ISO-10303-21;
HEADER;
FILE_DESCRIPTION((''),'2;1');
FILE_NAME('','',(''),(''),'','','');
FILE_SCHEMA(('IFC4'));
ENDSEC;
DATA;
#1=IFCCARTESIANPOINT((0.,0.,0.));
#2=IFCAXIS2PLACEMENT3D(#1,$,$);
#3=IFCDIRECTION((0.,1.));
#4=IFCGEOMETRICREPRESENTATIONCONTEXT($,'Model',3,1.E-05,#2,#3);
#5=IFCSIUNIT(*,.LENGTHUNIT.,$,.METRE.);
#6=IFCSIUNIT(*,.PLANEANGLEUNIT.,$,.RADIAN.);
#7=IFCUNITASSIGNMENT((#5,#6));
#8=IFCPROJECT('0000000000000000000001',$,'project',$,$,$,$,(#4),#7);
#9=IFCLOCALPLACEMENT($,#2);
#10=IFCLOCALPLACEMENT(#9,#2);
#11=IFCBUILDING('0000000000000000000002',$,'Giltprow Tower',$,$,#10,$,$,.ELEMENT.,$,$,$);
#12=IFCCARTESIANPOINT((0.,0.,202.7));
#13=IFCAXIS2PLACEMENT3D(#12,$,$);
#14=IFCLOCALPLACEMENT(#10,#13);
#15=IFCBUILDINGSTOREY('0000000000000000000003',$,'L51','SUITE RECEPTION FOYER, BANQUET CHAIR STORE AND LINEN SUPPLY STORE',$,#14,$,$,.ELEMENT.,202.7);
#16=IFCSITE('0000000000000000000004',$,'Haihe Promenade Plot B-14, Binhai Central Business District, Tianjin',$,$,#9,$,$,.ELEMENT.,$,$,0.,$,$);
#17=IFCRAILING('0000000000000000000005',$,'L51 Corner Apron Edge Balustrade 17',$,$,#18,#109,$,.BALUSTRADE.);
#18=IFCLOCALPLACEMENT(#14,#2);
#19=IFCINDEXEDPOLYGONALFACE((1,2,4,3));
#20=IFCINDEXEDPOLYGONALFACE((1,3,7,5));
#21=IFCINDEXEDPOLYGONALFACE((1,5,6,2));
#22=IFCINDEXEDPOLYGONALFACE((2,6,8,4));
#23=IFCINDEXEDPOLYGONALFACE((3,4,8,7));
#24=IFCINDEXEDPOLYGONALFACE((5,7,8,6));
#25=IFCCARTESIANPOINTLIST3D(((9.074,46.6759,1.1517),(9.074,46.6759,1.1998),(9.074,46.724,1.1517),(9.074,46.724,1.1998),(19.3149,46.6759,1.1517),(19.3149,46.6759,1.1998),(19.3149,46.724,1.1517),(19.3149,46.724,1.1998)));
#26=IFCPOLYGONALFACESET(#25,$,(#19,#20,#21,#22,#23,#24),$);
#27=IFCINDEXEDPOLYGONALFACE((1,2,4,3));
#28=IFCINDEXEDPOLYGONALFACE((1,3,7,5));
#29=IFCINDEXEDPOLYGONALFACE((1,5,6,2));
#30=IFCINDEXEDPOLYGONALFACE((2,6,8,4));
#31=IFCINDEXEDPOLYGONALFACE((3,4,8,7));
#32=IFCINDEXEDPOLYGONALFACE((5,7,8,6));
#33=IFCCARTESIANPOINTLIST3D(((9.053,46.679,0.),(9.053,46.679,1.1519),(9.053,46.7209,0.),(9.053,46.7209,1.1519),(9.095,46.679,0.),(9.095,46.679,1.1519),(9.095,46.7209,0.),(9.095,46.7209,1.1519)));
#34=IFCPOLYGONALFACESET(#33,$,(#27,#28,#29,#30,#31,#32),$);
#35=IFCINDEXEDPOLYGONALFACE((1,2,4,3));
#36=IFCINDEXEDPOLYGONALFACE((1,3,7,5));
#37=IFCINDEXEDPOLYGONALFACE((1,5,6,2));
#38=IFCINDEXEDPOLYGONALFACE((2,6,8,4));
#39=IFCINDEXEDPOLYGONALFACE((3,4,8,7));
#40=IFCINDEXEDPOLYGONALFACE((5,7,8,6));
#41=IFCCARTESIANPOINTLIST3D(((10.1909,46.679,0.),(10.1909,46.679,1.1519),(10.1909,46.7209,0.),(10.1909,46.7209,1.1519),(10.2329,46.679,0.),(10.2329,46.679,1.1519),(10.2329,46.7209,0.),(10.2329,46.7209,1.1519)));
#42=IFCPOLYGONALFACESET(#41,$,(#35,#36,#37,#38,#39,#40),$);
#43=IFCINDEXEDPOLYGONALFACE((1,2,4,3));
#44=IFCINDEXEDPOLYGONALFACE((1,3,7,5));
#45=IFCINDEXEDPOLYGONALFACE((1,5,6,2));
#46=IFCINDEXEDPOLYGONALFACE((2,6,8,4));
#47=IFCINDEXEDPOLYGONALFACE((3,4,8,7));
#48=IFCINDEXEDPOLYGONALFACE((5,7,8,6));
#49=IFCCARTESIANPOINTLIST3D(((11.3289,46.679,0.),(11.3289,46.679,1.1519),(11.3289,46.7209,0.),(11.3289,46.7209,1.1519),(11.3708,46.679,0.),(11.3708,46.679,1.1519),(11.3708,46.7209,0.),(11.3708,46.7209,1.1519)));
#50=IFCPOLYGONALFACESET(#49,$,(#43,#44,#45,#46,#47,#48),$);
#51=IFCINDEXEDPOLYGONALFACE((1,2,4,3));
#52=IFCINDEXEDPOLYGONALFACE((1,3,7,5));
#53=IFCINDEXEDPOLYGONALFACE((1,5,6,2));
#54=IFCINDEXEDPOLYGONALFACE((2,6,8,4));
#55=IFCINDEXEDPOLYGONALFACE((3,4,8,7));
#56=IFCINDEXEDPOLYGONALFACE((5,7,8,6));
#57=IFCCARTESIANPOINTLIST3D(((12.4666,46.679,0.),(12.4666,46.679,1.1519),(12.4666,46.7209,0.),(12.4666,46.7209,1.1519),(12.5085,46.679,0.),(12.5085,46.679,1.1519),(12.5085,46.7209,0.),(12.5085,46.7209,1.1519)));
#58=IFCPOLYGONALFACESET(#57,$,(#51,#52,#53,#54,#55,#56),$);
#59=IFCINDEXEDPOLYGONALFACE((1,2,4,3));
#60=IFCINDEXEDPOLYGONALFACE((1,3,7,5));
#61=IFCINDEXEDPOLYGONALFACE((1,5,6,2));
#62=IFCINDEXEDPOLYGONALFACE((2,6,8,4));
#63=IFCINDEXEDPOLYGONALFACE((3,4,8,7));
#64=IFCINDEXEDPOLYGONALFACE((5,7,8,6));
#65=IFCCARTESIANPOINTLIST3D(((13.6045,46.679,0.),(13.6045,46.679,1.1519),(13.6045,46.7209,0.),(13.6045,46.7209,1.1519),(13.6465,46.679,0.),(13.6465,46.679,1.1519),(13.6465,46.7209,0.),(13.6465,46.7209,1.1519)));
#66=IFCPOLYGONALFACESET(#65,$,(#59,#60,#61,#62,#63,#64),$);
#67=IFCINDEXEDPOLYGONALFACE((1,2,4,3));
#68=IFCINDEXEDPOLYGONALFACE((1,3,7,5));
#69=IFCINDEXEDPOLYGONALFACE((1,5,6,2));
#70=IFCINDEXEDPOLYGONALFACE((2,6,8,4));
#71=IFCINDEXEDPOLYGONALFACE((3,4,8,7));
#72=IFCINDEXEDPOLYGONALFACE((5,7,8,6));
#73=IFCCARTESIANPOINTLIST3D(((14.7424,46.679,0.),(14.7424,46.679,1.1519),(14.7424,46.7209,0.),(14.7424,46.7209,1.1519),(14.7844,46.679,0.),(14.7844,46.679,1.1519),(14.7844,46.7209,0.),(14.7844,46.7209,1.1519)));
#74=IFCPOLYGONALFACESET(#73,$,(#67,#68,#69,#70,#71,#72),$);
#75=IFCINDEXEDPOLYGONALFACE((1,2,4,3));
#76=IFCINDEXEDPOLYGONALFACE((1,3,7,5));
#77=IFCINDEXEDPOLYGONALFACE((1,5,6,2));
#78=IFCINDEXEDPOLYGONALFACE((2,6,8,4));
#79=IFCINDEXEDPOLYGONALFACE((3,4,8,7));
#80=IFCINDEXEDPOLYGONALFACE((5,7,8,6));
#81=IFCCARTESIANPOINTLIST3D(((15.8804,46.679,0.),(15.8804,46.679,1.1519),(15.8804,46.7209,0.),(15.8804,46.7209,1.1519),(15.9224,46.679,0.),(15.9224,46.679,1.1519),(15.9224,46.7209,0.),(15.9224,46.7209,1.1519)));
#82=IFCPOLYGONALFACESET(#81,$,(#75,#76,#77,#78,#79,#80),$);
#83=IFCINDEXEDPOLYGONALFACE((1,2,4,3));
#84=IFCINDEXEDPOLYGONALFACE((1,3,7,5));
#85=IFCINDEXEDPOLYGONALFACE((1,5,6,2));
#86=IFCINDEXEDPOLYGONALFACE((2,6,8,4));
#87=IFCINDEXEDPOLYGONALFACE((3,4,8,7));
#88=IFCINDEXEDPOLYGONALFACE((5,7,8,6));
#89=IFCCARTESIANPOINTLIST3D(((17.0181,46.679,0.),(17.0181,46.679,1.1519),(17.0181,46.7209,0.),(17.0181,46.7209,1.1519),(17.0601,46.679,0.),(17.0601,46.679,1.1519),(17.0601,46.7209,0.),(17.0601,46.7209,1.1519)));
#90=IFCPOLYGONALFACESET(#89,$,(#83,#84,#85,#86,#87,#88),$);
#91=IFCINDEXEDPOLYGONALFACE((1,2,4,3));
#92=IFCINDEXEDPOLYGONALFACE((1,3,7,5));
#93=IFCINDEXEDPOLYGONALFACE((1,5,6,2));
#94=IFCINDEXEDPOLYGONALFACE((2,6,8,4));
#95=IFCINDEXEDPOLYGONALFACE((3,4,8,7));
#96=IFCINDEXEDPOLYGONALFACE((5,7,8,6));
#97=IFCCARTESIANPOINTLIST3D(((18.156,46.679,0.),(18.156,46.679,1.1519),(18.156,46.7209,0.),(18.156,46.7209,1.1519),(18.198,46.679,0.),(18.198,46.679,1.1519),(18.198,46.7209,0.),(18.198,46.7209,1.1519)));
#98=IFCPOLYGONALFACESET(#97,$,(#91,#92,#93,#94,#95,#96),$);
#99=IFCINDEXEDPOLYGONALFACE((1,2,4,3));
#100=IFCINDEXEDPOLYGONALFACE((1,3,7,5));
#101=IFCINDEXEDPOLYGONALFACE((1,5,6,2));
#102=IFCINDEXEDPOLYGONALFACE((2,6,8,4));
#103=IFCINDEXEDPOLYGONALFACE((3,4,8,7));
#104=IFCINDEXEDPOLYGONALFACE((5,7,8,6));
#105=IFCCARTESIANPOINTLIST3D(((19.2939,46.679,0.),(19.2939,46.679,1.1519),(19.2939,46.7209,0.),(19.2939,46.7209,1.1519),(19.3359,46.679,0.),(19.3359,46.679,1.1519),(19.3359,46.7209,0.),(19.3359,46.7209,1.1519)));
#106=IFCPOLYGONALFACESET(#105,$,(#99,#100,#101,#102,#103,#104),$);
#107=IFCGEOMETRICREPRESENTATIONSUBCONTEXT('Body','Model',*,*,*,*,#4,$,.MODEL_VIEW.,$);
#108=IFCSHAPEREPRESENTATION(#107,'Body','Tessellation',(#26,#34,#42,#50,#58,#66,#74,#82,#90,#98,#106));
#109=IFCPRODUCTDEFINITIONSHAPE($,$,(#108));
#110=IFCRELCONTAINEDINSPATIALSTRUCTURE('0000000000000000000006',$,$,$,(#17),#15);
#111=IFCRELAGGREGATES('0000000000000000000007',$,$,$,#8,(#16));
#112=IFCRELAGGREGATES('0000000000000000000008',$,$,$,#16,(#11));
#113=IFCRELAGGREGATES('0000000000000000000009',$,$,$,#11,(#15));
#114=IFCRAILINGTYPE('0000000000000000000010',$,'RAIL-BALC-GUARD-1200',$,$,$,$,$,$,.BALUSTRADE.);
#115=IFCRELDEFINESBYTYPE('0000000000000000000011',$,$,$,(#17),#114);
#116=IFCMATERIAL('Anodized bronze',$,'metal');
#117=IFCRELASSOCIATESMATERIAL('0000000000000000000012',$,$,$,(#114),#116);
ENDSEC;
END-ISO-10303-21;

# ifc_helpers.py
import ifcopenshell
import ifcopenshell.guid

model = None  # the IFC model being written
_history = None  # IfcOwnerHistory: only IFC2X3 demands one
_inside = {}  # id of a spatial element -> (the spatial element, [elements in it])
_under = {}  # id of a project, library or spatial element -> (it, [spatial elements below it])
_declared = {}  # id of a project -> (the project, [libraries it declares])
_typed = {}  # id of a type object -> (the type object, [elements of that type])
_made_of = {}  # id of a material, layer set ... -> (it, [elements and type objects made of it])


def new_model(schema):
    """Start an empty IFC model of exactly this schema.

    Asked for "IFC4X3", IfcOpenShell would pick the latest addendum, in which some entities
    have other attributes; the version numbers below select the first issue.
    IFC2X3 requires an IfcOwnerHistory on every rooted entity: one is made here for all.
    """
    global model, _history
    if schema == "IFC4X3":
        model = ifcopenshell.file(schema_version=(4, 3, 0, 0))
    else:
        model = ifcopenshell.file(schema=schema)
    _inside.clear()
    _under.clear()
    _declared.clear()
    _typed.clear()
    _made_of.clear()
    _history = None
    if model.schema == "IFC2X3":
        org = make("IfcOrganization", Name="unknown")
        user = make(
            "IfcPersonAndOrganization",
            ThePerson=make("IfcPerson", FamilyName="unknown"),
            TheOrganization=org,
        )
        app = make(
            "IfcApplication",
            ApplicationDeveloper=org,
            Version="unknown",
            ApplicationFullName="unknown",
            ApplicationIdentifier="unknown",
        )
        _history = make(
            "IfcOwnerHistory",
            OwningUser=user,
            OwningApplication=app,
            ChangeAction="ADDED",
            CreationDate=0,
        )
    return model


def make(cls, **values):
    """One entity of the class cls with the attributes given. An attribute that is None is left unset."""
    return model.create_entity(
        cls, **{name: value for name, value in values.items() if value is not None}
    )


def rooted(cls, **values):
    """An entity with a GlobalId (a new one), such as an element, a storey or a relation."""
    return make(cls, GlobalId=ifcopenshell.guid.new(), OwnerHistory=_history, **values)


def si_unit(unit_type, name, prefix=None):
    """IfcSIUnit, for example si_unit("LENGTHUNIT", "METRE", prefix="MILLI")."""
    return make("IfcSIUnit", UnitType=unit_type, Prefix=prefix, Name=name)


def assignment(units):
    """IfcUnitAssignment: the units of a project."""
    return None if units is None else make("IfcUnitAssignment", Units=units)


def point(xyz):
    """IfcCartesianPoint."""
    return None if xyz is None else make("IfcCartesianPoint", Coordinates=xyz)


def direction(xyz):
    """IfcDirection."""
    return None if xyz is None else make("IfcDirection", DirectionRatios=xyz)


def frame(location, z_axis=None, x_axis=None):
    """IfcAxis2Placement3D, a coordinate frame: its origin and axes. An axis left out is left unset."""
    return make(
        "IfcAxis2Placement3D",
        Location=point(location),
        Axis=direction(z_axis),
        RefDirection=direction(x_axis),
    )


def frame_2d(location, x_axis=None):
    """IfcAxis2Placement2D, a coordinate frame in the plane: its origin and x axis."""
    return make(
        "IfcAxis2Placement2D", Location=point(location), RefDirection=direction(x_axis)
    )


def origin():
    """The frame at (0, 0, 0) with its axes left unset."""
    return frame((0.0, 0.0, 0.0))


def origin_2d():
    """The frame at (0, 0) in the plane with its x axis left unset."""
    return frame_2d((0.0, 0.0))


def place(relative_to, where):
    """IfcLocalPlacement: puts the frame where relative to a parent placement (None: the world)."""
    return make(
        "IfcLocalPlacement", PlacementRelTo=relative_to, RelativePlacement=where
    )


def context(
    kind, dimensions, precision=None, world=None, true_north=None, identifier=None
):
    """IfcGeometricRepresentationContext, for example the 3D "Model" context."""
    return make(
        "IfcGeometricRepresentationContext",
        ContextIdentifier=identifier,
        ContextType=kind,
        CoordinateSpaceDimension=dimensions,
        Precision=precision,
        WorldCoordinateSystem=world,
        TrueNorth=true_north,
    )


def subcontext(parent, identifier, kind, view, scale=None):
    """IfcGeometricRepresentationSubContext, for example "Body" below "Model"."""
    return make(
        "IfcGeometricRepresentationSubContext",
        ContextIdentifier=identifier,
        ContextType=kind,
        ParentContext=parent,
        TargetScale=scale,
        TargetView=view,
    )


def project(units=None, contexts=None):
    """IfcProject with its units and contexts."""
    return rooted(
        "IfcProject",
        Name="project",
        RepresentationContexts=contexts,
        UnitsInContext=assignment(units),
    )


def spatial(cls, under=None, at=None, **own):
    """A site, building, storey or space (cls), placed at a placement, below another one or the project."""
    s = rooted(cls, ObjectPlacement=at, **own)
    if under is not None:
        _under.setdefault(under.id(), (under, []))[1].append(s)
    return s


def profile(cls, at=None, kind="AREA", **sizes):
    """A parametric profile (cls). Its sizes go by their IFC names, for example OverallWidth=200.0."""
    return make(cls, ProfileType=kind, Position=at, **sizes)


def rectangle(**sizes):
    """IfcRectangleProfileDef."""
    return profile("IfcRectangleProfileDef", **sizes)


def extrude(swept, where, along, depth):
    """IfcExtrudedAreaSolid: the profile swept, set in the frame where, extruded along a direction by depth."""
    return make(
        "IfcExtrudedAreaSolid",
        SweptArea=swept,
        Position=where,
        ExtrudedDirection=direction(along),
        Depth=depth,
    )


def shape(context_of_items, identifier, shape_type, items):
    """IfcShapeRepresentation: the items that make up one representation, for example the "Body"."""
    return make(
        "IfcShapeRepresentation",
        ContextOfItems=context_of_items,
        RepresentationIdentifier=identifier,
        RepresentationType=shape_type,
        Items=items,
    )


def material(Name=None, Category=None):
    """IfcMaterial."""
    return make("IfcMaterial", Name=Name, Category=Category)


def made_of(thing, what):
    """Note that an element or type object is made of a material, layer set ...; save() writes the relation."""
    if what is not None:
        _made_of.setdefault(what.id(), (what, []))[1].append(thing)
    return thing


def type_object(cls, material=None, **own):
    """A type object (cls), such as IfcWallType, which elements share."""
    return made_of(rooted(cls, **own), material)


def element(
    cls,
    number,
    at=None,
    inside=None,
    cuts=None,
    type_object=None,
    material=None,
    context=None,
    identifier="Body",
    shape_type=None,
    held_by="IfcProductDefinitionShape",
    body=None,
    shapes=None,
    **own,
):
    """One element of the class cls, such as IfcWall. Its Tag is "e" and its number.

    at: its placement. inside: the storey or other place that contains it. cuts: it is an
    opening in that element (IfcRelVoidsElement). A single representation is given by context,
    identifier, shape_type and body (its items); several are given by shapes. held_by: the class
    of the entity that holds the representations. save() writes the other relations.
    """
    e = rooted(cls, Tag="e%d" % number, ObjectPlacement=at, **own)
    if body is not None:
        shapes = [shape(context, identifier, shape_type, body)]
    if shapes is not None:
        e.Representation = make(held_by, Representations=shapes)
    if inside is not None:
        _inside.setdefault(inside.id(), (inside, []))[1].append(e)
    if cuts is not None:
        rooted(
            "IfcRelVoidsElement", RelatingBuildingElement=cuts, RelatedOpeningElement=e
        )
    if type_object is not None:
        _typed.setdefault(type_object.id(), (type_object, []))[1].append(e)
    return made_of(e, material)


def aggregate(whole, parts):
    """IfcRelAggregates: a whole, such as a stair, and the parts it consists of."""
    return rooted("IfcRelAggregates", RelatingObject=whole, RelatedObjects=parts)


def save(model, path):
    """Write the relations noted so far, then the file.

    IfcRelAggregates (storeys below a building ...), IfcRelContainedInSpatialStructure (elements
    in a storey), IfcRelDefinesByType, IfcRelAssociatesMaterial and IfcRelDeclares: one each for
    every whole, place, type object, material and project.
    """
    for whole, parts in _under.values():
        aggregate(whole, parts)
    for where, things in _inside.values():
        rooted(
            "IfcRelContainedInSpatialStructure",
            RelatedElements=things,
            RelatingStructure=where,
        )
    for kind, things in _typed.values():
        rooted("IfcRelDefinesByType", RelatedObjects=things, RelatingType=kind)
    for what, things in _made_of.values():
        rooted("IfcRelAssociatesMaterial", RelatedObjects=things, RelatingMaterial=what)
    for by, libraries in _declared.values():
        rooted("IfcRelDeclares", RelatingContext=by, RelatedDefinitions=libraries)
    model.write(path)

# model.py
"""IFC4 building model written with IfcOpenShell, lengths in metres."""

from ifc_helpers import new_model, si_unit, direction, frame, origin, origin_2d, place, context, subcontext, project, spatial, rectangle, extrude, material, type_object, element, save


model = new_model("IFC4")

# Units and contexts
model_context = context("Model", 3, precision=1e-05, world=origin(), true_north=direction((0.0, 1.0)))
body_context = subcontext(model_context, "Body", "Model", "MODEL_VIEW")
ifc_project = project(units=[si_unit("LENGTHUNIT", "METRE"), si_unit("PLANEANGLEUNIT", "RADIAN")], contexts=[model_context])

# Site, building, storey
site_placement = place(None, origin())
site = spatial("IfcSite", under=ifc_project, at=site_placement, Name="Haihe Promenade Plot B-14, Binhai Central Business District, Tianjin", CompositionType="ELEMENT", RefElevation=0.0)
building_placement = place(site_placement, origin())
building = spatial("IfcBuilding", under=site, at=building_placement, Name="Giltprow Tower", CompositionType="ELEMENT")
storey_placement = place(building_placement, frame((0.0, 0.0, 202.7)))
storey = spatial("IfcBuildingStorey", under=building, at=storey_placement, Name="L51", Description="SUITE RECEPTION FOYER, BANQUET CHAIR STORE AND LINEN SUPPLY STORE", CompositionType="ELEMENT", Elevation=202.7)

# Railing
ifc_material_1 = material(Name="Anodized bronze", Category="metal")
railing_type = type_object("IfcRailingType", Name="RAIL-BALC-GUARD-1200", PredefinedType="BALUSTRADE", material=ifc_material_1)
railing_1_placement = place(storey_placement, frame((9.074, 46.7, 0.0)))
element("IfcRailing", 1, at=railing_1_placement, inside=storey, type_object=railing_type, Name="L51 Corner Apron Edge Balustrade 17", PredefinedType="BALUSTRADE", context=body_context, shape_type="SweptSolid", body=[
    extrude(rectangle(XDim=0.0481, YDim=0.0481, at=origin_2d()), frame((0.0, 0.0, 1.1758), z_axis=(1.0, 0.0, 0.0), x_axis=(0.0, 1.0, 0.0)), (0.0, 0.0, 1.0), 10.241),
    extrude(rectangle(XDim=0.042, YDim=0.042, at=origin_2d()), origin(), (0.0, 0.0, 1.0), 1.1519),
    extrude(rectangle(XDim=0.042, YDim=0.042, at=origin_2d()), frame((1.1379, 0.0, 0.0)), (0.0, 0.0, 1.0), 1.1519),
    extrude(rectangle(XDim=0.042, YDim=0.042, at=origin_2d()), frame((2.2759, 0.0, 0.0)), (0.0, 0.0, 1.0), 1.1519),
    extrude(rectangle(XDim=0.042, YDim=0.042, at=origin_2d()), frame((3.4136, 0.0, 0.0)), (0.0, 0.0, 1.0), 1.1519),
    extrude(rectangle(XDim=0.042, YDim=0.042, at=origin_2d()), frame((4.5515, 0.0, 0.0)), (0.0, 0.0, 1.0), 1.1519),
    extrude(rectangle(XDim=0.042, YDim=0.042, at=origin_2d()), frame((5.6895, 0.0, 0.0)), (0.0, 0.0, 1.0), 1.1519),
    extrude(rectangle(XDim=0.042, YDim=0.042, at=origin_2d()), frame((6.8274, 0.0, 0.0)), (0.0, 0.0, 1.0), 1.1519),
    extrude(rectangle(XDim=0.042, YDim=0.042, at=origin_2d()), frame((7.9651, 0.0, 0.0)), (0.0, 0.0, 1.0), 1.1519),
    extrude(rectangle(XDim=0.042, YDim=0.042, at=origin_2d()), frame((9.103, 0.0, 0.0)), (0.0, 0.0, 1.0), 1.1519),
    extrude(rectangle(XDim=0.042, YDim=0.042, at=origin_2d()), frame((10.241, 0.0, 0.0)), (0.0, 0.0, 1.0), 1.1519),
])

save(model, "model.ifc")
